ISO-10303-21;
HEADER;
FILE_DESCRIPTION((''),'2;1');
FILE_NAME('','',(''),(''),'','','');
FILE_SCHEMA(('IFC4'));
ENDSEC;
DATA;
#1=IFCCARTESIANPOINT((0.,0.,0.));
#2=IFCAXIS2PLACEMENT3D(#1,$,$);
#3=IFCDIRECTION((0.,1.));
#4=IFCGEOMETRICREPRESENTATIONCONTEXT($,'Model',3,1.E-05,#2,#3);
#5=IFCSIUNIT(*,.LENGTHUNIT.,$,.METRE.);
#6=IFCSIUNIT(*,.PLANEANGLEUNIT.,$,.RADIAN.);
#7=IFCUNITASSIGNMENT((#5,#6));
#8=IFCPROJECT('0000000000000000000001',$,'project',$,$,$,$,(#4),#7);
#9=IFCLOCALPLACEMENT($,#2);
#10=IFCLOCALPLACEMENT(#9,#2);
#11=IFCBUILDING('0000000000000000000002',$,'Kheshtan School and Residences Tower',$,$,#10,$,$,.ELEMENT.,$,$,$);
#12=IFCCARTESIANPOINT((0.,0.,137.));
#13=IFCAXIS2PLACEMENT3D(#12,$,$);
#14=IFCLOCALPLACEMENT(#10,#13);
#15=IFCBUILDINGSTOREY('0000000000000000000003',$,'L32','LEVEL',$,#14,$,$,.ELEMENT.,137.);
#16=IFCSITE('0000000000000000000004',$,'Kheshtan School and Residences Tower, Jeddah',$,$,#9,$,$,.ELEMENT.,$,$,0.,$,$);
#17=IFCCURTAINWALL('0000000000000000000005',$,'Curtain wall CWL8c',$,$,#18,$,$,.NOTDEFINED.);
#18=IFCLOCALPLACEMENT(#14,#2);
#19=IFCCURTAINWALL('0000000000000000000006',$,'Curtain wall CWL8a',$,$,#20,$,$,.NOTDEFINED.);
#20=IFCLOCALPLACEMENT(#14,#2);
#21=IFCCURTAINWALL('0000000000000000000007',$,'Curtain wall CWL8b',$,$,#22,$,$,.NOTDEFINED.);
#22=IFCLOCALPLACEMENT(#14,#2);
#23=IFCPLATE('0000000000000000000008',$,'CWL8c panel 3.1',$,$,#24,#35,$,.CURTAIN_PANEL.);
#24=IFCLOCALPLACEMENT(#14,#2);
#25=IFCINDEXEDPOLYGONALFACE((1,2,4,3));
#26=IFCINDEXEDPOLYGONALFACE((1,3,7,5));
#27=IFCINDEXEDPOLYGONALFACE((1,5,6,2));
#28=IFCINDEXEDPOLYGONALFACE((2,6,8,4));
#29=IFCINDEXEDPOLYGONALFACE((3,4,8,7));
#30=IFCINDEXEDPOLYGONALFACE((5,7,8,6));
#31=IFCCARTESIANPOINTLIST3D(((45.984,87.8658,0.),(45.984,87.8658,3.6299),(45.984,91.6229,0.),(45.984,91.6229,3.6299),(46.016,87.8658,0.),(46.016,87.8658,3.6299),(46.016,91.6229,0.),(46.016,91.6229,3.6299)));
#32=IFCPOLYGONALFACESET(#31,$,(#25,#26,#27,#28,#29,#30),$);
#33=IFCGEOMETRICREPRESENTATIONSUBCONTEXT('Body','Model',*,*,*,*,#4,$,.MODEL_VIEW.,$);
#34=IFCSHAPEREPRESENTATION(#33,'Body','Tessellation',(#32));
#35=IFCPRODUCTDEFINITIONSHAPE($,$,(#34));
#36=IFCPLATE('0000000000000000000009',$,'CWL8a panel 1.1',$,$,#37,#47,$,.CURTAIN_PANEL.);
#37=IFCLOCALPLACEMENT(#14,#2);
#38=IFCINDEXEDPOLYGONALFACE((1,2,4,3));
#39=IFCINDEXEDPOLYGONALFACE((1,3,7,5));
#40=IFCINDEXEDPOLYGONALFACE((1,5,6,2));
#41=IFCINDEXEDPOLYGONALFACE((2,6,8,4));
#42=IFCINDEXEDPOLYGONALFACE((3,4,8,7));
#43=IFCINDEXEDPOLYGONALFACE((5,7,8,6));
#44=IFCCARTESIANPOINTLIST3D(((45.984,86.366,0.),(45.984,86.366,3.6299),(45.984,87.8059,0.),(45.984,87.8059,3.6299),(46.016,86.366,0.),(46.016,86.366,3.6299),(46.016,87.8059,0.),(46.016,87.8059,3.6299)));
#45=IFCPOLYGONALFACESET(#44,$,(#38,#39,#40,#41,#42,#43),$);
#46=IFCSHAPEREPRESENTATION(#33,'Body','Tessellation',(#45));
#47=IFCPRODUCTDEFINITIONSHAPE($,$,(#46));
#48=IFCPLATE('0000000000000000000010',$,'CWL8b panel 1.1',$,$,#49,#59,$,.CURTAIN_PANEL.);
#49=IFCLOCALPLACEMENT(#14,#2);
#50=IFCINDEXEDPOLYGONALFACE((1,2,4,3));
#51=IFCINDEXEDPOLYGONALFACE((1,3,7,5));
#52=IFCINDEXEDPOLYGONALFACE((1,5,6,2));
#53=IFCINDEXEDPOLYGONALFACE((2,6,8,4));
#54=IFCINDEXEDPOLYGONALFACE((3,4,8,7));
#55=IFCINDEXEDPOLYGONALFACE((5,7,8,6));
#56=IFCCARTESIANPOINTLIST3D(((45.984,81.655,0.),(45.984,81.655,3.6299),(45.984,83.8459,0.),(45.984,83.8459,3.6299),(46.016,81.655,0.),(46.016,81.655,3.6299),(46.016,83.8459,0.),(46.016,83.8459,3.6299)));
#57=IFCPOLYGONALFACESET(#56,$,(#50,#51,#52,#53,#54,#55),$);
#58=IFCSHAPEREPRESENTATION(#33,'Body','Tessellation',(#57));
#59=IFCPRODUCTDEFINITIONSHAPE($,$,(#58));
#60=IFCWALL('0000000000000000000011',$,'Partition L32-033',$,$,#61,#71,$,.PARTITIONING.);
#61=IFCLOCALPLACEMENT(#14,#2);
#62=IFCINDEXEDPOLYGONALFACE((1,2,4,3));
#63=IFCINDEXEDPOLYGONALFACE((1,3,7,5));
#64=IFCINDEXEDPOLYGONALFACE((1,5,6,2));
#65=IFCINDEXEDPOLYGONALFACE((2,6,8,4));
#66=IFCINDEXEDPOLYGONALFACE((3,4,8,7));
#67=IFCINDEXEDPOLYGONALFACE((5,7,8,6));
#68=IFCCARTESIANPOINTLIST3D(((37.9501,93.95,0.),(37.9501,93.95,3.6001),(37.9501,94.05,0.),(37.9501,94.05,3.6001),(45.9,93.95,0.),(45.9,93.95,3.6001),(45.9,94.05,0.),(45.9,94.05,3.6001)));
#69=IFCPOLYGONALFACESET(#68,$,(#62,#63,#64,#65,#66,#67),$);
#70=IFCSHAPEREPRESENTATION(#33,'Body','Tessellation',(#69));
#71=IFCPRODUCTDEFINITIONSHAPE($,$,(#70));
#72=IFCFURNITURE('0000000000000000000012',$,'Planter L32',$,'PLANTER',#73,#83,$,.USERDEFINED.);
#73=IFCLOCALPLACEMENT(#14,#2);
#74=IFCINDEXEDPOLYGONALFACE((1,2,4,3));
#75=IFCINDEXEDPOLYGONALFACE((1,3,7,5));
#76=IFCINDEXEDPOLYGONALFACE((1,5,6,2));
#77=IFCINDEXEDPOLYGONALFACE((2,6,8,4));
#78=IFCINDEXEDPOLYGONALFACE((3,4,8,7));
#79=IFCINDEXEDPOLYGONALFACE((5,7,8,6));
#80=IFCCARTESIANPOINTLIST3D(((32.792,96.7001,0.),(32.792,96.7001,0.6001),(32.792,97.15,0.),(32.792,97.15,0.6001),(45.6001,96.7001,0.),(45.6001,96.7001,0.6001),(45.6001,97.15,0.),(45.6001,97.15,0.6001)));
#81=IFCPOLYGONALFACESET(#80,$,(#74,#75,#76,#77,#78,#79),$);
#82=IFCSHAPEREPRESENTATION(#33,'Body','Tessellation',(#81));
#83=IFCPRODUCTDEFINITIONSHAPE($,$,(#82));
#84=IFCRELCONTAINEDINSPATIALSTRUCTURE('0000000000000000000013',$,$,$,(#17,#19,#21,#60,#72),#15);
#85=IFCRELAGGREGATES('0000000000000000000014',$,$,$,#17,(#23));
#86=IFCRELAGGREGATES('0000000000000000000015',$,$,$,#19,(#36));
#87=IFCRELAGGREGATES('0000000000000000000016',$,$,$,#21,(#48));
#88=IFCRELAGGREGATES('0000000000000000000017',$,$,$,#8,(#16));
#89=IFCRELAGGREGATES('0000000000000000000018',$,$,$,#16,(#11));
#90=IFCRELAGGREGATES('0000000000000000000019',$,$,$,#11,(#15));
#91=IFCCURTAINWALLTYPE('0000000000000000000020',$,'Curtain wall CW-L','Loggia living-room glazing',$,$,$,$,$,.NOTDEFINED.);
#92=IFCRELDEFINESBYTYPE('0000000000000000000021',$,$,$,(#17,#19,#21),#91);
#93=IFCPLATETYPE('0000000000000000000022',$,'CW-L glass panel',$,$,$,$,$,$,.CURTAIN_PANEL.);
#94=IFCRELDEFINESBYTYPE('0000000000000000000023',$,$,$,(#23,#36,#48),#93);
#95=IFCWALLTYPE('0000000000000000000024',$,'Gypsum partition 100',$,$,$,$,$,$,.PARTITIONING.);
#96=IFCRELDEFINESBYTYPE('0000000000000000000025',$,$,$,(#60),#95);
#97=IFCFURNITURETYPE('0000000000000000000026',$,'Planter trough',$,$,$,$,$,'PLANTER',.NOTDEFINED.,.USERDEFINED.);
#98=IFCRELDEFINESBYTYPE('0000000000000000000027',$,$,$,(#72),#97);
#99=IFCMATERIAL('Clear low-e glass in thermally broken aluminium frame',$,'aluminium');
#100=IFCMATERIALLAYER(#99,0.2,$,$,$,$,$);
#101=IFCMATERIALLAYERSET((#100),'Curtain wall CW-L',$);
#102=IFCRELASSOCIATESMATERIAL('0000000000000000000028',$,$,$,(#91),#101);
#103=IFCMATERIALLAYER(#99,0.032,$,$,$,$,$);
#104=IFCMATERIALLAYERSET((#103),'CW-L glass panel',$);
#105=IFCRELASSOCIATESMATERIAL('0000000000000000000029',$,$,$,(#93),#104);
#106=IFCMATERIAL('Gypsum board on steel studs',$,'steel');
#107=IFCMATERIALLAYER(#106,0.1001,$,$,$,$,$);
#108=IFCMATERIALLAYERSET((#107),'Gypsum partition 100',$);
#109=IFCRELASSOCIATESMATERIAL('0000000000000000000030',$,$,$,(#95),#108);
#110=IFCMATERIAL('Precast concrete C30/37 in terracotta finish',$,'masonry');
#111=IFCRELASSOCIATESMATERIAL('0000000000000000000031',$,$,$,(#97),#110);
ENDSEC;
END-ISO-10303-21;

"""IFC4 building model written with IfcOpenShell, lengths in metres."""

from ifc_helpers import new_model, si_unit, direction, frame, frame_2d, origin, origin_2d, place, context, subcontext, project, spatial, rectangle, extrude, material, layer, layer_set, type_object, element, aggregate, save


model = new_model("IFC4")

# Units and contexts
model_context = context("Model", 3, precision=1e-05, world=origin(), true_north=direction((0.0, 1.0)))
body_context = subcontext(model_context, "Body", "Model", "MODEL_VIEW")
ifc_project = project(units=[si_unit("LENGTHUNIT", "METRE"), si_unit("PLANEANGLEUNIT", "RADIAN")], contexts=[model_context])

# Site, building, storey
site_placement = place(None, origin())
site = spatial("IfcSite", under=ifc_project, at=site_placement, Name="Kheshtan School and Residences Tower, Jeddah", CompositionType="ELEMENT", RefElevation=0.0)
building_placement = place(site_placement, origin())
building = spatial("IfcBuilding", under=site, at=building_placement, Name="Kheshtan School and Residences Tower", CompositionType="ELEMENT")
storey_placement = place(building_placement, frame((0.0, 0.0, 137.0)))
storey = spatial("IfcBuildingStorey", under=building, at=storey_placement, Name="L32", Description="LEVEL", CompositionType="ELEMENT", Elevation=137.0)

# Curtain wall
ifc_material_1 = material(Name="Clear low-e glass in thermally broken aluminium frame", Category="aluminium")
ifc_layer_1 = layer(ifc_material_1, 0.2)
ifc_layer_set_1 = layer_set([ifc_layer_1], Name="Curtain wall CW-L")
curtain_wall_type = type_object("IfcCurtainWallType", Name="Curtain wall CW-L", Description="Loggia living-room glazing", PredefinedType="NOTDEFINED", material=ifc_layer_set_1)
curtain_wall_1_placement = place(storey_placement, origin())
curtain_wall_1 = element("IfcCurtainWall", 1, at=curtain_wall_1_placement, inside=storey, type_object=curtain_wall_type, Name="Curtain wall CWL8c", PredefinedType="NOTDEFINED")

# Curtain wall
curtain_wall_2_placement = place(storey_placement, origin())
curtain_wall_2 = element("IfcCurtainWall", 2, at=curtain_wall_2_placement, inside=storey, type_object=curtain_wall_type, Name="Curtain wall CWL8a", PredefinedType="NOTDEFINED")

# Curtain wall
curtain_wall_3_placement = place(storey_placement, origin())
curtain_wall_3 = element("IfcCurtainWall", 3, at=curtain_wall_3_placement, inside=storey, type_object=curtain_wall_type, Name="Curtain wall CWL8b", PredefinedType="NOTDEFINED")

# Plates
ifc_layer_2 = layer(ifc_material_1, 0.032)
ifc_layer_set_2 = layer_set([ifc_layer_2], Name="CW-L glass panel")
plate_type = type_object("IfcPlateType", Name="CW-L glass panel", PredefinedType="CURTAIN_PANEL", material=ifc_layer_set_2)
plate_1_placement = place(storey_placement, frame((46.0, 89.7444, 0.0), z_axis=(0.0, 0.0, 1.0), x_axis=(0.0, -1.0, 0.0)))
plate_1 = element("IfcPlate", 4, at=plate_1_placement, type_object=plate_type, Name="CWL8c panel 3.1", PredefinedType="CURTAIN_PANEL", context=body_context, shape_type="SweptSolid", body=[
    extrude(rectangle(XDim=3.7571, YDim=0.032, at=origin_2d()), origin(), (0.0, 0.0, 1.0), 3.6299),
])
aggregate(curtain_wall_1, [plate_1])
plate_2_placement = place(storey_placement, frame((46.0, 87.0859, 0.0), z_axis=(0.0, 0.0, 1.0), x_axis=(0.0, -1.0, 0.0)))
plate_2 = element("IfcPlate", 5, at=plate_2_placement, type_object=plate_type, Name="CWL8a panel 1.1", PredefinedType="CURTAIN_PANEL", context=body_context, shape_type="SweptSolid", body=[
    extrude(rectangle(XDim=1.4399, YDim=0.032, at=origin_2d()), origin(), (0.0, 0.0, 1.0), 3.6299),
])
aggregate(curtain_wall_2, [plate_2])
plate_3_placement = place(storey_placement, frame((46.0, 82.7505, 0.0), z_axis=(0.0, 0.0, 1.0), x_axis=(0.0, -1.0, 0.0)))
plate_3 = element("IfcPlate", 6, at=plate_3_placement, type_object=plate_type, Name="CWL8b panel 1.1", PredefinedType="CURTAIN_PANEL", context=body_context, shape_type="SweptSolid", body=[
    extrude(rectangle(XDim=2.1909, YDim=0.032, at=origin_2d()), origin(), (0.0, 0.0, 1.0), 3.6299),
])
aggregate(curtain_wall_3, [plate_3])

# Wall
ifc_material_2 = material(Name="Gypsum board on steel studs", Category="steel")
ifc_layer_3 = layer(ifc_material_2, 0.1001)
ifc_layer_set_3 = layer_set([ifc_layer_3], Name="Gypsum partition 100")
wall_type_1 = type_object("IfcWallType", Name="Gypsum partition 100", PredefinedType="PARTITIONING", material=ifc_layer_set_3)
wall_1_placement = place(storey_placement, frame((37.95, 94.0, 0.0), z_axis=(0.0, 0.0, 1.0), x_axis=(1.0, 0.0, 0.0)))
element("IfcWall", 7, at=wall_1_placement, inside=storey, type_object=wall_type_1, Name="Partition L32-033", PredefinedType="PARTITIONING", context=body_context, shape_type="SweptSolid", body=[
    extrude(rectangle(XDim=7.95, YDim=0.1001, at=frame_2d((3.9751, 0.0))), origin(), (0.0, 0.0, 1.0), 3.6001),
])

# Furniture
ifc_material_3 = material(Name="Precast concrete C30/37 in terracotta finish", Category="masonry")
furniture_type = type_object("IfcFurnitureType", Name="Planter trough", ElementType="PLANTER", AssemblyPlace="NOTDEFINED", PredefinedType="USERDEFINED", material=ifc_material_3)
furniture_placement = place(storey_placement, frame((39.196, 96.925, 0.0), z_axis=(0.0, 0.0, 1.0), x_axis=(1.0, 0.0, 0.0)))
element("IfcFurniture", 8, at=furniture_placement, inside=storey, type_object=furniture_type, Name="Planter L32", ObjectType="PLANTER", PredefinedType="USERDEFINED", context=body_context, shape_type="SweptSolid", body=[
    extrude(rectangle(XDim=12.8081, YDim=0.45, at=origin_2d()), origin(), (0.0, 0.0, 1.0), 0.6001),
])

save(model, "model.ifc")
